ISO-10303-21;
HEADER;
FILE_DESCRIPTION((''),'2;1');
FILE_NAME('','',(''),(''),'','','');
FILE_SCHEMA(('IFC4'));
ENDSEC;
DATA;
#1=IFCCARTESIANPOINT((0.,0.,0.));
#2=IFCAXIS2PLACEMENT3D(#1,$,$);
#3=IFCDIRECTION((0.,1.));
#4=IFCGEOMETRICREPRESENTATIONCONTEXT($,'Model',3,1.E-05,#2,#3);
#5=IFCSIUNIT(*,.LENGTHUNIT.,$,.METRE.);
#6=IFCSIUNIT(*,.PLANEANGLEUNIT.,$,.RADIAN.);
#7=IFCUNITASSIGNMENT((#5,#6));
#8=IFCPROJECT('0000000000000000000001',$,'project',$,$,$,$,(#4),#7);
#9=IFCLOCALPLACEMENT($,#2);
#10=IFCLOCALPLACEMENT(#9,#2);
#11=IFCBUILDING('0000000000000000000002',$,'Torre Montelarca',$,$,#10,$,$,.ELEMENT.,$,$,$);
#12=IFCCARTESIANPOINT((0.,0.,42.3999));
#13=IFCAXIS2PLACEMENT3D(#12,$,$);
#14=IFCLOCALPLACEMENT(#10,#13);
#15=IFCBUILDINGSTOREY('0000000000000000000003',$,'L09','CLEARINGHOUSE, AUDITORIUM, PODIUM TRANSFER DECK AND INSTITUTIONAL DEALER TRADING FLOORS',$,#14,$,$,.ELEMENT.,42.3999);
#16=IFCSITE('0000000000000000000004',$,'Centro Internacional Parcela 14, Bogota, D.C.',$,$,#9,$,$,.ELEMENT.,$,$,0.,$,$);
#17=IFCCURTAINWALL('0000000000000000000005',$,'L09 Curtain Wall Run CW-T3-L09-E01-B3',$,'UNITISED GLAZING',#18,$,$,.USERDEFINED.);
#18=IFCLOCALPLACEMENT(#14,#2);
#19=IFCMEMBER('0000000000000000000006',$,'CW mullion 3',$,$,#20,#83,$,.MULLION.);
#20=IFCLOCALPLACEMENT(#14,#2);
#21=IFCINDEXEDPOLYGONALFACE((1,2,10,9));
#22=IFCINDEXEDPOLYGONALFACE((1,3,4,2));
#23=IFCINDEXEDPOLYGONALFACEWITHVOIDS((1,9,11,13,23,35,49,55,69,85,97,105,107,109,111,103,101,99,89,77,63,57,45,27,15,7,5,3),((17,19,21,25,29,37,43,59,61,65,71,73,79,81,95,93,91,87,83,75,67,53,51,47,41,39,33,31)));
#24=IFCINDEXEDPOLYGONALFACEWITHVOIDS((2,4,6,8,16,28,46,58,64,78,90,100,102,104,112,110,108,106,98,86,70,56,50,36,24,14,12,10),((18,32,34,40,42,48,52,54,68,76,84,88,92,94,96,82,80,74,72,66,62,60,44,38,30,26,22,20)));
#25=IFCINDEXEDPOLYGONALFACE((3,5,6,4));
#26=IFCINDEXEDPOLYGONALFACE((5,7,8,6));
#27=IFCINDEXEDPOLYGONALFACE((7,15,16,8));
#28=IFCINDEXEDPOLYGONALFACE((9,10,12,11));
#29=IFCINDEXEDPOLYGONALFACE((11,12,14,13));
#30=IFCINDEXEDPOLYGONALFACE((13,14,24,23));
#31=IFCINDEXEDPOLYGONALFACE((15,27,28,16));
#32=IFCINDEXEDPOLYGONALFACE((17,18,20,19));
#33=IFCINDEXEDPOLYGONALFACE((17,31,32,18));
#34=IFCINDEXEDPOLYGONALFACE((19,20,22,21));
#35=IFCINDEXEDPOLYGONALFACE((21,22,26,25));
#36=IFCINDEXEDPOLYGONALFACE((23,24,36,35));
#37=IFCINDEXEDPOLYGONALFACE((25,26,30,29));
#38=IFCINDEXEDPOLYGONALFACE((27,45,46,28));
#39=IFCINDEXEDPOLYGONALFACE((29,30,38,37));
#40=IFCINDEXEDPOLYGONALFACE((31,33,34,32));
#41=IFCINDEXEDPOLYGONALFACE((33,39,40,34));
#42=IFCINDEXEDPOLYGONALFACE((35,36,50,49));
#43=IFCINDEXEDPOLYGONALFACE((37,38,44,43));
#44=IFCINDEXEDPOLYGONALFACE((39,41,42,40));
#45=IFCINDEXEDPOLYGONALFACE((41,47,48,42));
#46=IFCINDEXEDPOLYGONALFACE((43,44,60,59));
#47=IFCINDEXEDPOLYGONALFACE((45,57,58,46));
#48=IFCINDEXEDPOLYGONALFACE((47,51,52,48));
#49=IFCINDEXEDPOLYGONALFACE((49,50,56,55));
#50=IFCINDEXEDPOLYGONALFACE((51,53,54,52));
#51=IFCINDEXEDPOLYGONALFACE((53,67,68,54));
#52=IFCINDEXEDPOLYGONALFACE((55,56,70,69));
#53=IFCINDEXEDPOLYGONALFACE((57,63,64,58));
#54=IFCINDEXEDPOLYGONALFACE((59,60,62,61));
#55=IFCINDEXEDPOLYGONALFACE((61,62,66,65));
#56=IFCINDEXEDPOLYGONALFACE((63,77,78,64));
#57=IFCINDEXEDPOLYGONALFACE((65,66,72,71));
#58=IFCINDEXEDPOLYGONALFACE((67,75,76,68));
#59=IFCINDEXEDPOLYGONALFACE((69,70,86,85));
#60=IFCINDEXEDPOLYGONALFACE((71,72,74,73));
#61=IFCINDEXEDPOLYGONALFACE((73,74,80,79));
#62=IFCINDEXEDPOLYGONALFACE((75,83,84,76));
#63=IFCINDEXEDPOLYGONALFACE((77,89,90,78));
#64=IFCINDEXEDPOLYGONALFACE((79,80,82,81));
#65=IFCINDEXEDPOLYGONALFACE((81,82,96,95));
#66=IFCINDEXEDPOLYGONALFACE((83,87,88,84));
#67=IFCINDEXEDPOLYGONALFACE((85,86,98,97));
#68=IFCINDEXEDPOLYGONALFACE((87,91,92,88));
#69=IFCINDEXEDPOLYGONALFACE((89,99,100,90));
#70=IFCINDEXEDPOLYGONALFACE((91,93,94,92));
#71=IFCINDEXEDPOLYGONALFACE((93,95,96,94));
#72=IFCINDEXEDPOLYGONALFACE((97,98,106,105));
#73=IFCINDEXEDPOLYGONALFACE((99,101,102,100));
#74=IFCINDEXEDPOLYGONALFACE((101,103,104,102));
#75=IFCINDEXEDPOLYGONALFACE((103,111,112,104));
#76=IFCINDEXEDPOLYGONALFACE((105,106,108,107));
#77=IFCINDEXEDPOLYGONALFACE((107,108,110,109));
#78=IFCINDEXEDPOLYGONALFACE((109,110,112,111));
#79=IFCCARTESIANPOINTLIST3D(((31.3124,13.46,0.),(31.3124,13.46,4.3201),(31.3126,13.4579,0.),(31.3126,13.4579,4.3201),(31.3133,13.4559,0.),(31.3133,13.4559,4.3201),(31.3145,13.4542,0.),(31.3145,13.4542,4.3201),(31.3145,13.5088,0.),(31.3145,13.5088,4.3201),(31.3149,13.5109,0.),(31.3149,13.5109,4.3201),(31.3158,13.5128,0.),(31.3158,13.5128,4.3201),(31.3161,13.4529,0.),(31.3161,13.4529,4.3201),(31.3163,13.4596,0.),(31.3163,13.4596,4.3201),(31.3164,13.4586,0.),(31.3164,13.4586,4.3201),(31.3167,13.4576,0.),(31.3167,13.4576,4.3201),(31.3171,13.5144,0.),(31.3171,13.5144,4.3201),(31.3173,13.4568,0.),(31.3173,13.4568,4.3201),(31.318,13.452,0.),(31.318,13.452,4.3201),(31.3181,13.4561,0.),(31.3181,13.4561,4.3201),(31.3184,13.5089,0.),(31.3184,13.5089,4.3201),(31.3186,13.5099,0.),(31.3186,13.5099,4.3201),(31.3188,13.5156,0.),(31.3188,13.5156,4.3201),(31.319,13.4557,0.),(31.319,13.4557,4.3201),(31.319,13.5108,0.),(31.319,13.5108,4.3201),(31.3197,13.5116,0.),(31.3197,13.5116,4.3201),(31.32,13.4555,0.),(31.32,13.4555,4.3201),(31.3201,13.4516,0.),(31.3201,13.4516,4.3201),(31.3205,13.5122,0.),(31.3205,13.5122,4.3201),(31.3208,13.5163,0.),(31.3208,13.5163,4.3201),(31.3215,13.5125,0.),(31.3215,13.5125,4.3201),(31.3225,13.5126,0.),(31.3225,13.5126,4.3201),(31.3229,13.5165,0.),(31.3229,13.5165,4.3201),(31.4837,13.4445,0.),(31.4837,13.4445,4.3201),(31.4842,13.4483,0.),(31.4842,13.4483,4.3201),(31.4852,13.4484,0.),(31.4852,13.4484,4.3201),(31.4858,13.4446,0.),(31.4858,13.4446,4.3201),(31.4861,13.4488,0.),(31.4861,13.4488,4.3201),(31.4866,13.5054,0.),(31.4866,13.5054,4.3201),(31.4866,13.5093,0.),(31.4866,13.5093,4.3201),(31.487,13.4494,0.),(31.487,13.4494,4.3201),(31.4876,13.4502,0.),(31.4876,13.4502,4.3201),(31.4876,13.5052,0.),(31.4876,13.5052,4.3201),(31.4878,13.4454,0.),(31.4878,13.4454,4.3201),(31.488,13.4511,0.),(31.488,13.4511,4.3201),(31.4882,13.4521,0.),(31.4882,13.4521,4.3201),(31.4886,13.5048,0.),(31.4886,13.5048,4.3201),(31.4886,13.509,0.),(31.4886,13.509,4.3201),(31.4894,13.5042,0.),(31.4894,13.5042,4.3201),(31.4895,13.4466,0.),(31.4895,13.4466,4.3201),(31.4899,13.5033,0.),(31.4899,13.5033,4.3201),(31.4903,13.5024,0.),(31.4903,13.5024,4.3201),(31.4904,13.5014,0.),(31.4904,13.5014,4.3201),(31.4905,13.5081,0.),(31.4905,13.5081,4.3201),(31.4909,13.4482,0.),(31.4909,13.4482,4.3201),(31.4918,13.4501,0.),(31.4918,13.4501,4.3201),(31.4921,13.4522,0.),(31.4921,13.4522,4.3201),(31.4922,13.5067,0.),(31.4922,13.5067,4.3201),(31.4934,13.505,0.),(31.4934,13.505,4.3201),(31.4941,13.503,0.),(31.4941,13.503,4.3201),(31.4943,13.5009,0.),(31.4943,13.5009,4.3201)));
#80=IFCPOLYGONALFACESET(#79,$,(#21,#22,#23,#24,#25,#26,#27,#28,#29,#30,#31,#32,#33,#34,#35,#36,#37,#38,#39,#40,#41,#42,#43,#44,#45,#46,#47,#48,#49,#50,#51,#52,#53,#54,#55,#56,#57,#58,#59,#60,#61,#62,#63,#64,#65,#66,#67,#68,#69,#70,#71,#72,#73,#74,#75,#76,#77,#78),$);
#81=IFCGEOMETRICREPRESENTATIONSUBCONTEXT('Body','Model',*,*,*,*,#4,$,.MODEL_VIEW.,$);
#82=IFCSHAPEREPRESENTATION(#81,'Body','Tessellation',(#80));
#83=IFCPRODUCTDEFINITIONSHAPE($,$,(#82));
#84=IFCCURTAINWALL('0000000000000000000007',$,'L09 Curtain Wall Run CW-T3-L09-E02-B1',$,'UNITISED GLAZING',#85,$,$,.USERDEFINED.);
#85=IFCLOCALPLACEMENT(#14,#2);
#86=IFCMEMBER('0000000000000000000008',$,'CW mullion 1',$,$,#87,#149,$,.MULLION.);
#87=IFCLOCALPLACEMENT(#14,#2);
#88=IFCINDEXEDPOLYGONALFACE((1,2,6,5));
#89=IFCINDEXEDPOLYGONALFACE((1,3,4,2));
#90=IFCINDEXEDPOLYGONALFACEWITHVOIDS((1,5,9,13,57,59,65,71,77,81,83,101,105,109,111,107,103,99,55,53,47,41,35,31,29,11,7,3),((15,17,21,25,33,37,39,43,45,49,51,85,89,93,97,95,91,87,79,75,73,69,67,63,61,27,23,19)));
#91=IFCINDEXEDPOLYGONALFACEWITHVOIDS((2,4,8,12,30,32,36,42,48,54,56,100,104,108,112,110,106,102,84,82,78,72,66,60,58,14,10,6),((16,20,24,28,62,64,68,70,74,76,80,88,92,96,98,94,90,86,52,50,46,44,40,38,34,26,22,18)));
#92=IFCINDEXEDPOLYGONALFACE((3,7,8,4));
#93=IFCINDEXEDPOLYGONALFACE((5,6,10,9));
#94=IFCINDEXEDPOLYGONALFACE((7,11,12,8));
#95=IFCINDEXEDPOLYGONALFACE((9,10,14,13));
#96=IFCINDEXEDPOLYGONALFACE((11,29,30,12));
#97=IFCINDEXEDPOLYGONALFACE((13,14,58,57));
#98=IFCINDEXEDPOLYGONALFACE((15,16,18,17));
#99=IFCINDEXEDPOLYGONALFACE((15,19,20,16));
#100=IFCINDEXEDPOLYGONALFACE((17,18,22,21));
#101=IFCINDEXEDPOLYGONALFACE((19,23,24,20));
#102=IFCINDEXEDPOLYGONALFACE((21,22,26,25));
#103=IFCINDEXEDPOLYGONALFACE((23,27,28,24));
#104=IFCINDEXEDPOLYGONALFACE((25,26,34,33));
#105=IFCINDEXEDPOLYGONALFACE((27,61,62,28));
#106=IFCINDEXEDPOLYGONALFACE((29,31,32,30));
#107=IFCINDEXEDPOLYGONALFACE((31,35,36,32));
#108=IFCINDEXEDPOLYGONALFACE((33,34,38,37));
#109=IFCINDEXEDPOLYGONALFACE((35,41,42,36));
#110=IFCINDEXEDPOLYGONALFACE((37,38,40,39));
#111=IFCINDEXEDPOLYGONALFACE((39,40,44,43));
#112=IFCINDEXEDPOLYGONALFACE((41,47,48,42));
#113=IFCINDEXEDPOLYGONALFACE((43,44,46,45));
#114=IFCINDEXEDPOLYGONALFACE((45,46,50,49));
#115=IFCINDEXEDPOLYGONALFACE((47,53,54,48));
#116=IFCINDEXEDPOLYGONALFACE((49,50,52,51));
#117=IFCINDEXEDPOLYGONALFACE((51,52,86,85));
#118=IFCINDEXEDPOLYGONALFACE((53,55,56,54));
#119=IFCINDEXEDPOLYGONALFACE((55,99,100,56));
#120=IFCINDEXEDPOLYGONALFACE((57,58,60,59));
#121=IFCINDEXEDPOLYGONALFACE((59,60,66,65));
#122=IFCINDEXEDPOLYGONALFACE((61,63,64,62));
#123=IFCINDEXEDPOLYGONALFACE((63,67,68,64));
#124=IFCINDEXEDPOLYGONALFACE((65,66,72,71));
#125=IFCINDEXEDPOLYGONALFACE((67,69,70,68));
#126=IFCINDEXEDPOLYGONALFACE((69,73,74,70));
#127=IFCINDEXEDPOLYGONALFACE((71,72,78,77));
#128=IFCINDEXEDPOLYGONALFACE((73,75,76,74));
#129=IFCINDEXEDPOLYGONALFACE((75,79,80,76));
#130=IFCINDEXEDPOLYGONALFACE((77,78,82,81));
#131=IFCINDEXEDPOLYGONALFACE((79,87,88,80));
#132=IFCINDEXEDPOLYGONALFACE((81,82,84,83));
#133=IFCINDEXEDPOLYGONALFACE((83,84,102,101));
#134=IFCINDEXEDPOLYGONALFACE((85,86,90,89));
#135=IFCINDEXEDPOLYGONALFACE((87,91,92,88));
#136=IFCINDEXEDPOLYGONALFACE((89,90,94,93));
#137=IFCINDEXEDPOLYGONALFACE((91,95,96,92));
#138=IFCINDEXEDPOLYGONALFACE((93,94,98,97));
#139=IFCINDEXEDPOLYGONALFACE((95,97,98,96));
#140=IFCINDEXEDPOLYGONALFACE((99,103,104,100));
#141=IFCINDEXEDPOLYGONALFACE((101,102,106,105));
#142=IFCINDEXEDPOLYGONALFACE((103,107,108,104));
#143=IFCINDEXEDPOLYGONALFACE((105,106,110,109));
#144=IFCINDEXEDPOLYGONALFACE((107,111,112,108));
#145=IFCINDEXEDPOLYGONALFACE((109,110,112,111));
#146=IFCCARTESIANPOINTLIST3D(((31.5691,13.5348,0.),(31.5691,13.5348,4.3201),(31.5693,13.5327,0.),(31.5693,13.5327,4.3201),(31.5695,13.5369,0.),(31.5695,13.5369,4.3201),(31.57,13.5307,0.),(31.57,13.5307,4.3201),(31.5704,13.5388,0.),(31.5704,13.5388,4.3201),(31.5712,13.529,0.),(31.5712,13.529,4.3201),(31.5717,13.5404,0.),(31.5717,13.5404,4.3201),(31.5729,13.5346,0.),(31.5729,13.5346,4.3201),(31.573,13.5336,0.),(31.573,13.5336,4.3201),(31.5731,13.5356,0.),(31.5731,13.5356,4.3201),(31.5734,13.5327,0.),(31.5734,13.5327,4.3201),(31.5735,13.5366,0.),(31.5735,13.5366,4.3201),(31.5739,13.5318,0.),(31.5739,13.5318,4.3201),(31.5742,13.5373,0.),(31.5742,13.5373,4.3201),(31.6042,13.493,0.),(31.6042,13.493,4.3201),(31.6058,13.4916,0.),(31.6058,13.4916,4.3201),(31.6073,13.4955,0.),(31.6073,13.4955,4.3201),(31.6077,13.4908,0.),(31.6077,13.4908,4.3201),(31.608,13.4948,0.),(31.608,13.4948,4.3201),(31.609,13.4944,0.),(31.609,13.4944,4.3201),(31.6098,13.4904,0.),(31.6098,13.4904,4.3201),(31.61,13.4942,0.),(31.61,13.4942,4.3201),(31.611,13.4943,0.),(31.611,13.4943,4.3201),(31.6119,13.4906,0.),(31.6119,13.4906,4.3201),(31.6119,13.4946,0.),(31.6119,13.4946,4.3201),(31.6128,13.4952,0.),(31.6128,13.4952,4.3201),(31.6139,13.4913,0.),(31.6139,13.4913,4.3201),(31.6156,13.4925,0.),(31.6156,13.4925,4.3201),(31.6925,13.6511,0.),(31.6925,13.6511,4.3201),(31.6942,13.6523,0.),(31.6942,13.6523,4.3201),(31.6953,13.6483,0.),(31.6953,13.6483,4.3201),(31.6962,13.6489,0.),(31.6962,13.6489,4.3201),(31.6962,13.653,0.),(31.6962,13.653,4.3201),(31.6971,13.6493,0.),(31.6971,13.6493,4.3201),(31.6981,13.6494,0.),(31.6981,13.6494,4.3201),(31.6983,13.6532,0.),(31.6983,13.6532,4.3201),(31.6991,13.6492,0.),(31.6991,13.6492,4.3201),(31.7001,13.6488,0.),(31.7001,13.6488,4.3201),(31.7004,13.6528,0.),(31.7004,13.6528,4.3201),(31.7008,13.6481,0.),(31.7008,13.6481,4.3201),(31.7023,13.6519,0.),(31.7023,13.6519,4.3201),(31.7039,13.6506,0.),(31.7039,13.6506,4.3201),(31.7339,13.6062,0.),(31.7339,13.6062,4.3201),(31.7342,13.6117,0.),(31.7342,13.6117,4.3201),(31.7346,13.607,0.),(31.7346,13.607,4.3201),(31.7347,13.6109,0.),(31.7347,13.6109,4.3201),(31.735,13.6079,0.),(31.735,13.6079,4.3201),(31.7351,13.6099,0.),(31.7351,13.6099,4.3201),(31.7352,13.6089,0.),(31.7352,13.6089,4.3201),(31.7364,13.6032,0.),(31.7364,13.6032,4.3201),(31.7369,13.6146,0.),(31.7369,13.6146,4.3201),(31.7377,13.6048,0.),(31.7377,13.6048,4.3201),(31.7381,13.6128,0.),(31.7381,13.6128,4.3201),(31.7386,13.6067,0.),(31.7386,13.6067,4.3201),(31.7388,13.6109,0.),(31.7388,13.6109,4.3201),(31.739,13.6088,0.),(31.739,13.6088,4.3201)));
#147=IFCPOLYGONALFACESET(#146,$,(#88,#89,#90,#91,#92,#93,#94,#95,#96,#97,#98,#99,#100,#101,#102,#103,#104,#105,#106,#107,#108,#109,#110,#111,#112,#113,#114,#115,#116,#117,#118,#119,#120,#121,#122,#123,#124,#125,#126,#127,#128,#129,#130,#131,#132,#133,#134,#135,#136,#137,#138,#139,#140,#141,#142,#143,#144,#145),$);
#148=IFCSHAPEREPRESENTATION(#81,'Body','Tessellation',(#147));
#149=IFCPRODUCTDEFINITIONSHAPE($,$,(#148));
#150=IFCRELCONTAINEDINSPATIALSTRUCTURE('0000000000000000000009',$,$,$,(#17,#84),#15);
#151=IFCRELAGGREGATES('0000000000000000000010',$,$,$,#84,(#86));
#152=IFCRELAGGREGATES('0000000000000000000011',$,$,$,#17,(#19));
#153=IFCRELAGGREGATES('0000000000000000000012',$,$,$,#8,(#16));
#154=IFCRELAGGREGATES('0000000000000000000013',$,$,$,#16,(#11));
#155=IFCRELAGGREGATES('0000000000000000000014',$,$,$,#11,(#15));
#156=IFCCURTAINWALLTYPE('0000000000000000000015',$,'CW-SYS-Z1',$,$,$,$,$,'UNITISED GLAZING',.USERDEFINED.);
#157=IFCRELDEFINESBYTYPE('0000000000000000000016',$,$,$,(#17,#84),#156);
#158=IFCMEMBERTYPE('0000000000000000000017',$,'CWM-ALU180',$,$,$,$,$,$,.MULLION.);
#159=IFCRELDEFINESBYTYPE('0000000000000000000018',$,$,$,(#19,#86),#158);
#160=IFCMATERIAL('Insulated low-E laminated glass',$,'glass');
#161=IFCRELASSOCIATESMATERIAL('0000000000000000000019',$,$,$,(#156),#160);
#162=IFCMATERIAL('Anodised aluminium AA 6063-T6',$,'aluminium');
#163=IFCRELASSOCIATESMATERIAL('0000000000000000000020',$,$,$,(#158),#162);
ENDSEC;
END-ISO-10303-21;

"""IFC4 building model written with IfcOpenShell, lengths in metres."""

from ifc_helpers import new_model, si_unit, direction, frame, origin, origin_2d, place, context, subcontext, project, spatial, hollow_rectangle, extrude, source, transform, mapped, material, material_profile, profile_set, type_object, element, aggregate, save


model = new_model("IFC4")

# Units and contexts
model_context = context("Model", 3, precision=1e-05, world=origin(), true_north=direction((0.0, 1.0)))
body_context = subcontext(model_context, "Body", "Model", "MODEL_VIEW")
ifc_project = project(units=[si_unit("LENGTHUNIT", "METRE"), si_unit("PLANEANGLEUNIT", "RADIAN")], contexts=[model_context])

# Site, building, storey
site_placement = place(None, origin())
site = spatial("IfcSite", under=ifc_project, at=site_placement, Name="Centro Internacional Parcela 14, Bogota, D.C.", CompositionType="ELEMENT", RefElevation=0.0)
building_placement = place(site_placement, origin())
building = spatial("IfcBuilding", under=site, at=building_placement, Name="Torre Montelarca", CompositionType="ELEMENT")
storey_placement = place(building_placement, frame((0.0, 0.0, 42.3999)))
storey = spatial("IfcBuildingStorey", under=building, at=storey_placement, Name="L09", Description="CLEARINGHOUSE, AUDITORIUM, PODIUM TRANSFER DECK AND INSTITUTIONAL DEALER TRADING FLOORS", CompositionType="ELEMENT", Elevation=42.3999)

# Curtain walls, members
ifc_material_1 = material(Name="Insulated low-E laminated glass", Category="glass")
curtain_wall_type = type_object("IfcCurtainWallType", Name="CW-SYS-Z1", ElementType="UNITISED GLAZING", PredefinedType="USERDEFINED", material=ifc_material_1)
ifc_material_2 = material(Name="Anodised aluminium AA 6063-T6", Category="aluminium")
ifc_material_profile_1 = material_profile(ifc_material_2, hollow_rectangle(XDim=0.0649, YDim=0.1799, WallThickness=0.0039, InnerFilletRadius=0.0039, OuterFilletRadius=0.0081, at=origin_2d()), Name="ALU65X180X4", Category="aluminium")
ifc_profile_set_1 = profile_set([ifc_material_profile_1], Name="Anodised aluminium AA 6063-T6")
member_type_1 = type_object("IfcMemberType", Name="CWM-ALU180", PredefinedType="MULLION", material=ifc_profile_set_1)
shared_shape_1 = source(origin(), body_context, "Body", "SweptSolid", [
    extrude(hollow_rectangle(XDim=0.0649, YDim=0.1799, WallThickness=0.0039, InnerFilletRadius=0.0039, OuterFilletRadius=0.0081, at=origin_2d()), origin(), (0.0, 0.0, 1.0), 4.3201),
])
curtain_wall_1_placement = place(storey_placement, origin())
curtain_wall_1 = element("IfcCurtainWall", 1, at=curtain_wall_1_placement, inside=storey, type_object=curtain_wall_type, Name="L09 Curtain Wall Run CW-T3-L09-E01-B3", ObjectType="UNITISED GLAZING", PredefinedType="USERDEFINED")
member_1_placement = place(storey_placement, frame((31.4033, 13.4805, 0.0), z_axis=(0.0, 0.0, 1.0), x_axis=(0.043603, 0.999049, 0.0)))
member_1 = element("IfcMember", 2, at=member_1_placement, type_object=member_type_1, Name="CW mullion 3", PredefinedType="MULLION", context=body_context, shape_type="MappedRepresentation", body=[
    mapped(shared_shape_1, transform((0.0, 0.0, 0.0), scale=1.0)),
])
curtain_wall_2_placement = place(storey_placement, origin())
curtain_wall_2 = element("IfcCurtainWall", 3, at=curtain_wall_2_placement, inside=storey, type_object=curtain_wall_type, Name="L09 Curtain Wall Run CW-T3-L09-E02-B1", ObjectType="UNITISED GLAZING", PredefinedType="USERDEFINED")
member_2_placement = place(storey_placement, frame((31.6541, 13.5718, 0.0), z_axis=(0.0, 0.0, 1.0), x_axis=(-0.675575, 0.737292, 0.0)))
member_2 = element("IfcMember", 4, at=member_2_placement, type_object=member_type_1, Name="CW mullion 1", PredefinedType="MULLION", context=body_context, shape_type="MappedRepresentation", body=[
    mapped(shared_shape_1, transform((0.0, 0.0, 0.0), scale=1.0)),
])

aggregate(curtain_wall_2, [member_2])
aggregate(curtain_wall_1, [member_1])

save(model, "model.ifc")
